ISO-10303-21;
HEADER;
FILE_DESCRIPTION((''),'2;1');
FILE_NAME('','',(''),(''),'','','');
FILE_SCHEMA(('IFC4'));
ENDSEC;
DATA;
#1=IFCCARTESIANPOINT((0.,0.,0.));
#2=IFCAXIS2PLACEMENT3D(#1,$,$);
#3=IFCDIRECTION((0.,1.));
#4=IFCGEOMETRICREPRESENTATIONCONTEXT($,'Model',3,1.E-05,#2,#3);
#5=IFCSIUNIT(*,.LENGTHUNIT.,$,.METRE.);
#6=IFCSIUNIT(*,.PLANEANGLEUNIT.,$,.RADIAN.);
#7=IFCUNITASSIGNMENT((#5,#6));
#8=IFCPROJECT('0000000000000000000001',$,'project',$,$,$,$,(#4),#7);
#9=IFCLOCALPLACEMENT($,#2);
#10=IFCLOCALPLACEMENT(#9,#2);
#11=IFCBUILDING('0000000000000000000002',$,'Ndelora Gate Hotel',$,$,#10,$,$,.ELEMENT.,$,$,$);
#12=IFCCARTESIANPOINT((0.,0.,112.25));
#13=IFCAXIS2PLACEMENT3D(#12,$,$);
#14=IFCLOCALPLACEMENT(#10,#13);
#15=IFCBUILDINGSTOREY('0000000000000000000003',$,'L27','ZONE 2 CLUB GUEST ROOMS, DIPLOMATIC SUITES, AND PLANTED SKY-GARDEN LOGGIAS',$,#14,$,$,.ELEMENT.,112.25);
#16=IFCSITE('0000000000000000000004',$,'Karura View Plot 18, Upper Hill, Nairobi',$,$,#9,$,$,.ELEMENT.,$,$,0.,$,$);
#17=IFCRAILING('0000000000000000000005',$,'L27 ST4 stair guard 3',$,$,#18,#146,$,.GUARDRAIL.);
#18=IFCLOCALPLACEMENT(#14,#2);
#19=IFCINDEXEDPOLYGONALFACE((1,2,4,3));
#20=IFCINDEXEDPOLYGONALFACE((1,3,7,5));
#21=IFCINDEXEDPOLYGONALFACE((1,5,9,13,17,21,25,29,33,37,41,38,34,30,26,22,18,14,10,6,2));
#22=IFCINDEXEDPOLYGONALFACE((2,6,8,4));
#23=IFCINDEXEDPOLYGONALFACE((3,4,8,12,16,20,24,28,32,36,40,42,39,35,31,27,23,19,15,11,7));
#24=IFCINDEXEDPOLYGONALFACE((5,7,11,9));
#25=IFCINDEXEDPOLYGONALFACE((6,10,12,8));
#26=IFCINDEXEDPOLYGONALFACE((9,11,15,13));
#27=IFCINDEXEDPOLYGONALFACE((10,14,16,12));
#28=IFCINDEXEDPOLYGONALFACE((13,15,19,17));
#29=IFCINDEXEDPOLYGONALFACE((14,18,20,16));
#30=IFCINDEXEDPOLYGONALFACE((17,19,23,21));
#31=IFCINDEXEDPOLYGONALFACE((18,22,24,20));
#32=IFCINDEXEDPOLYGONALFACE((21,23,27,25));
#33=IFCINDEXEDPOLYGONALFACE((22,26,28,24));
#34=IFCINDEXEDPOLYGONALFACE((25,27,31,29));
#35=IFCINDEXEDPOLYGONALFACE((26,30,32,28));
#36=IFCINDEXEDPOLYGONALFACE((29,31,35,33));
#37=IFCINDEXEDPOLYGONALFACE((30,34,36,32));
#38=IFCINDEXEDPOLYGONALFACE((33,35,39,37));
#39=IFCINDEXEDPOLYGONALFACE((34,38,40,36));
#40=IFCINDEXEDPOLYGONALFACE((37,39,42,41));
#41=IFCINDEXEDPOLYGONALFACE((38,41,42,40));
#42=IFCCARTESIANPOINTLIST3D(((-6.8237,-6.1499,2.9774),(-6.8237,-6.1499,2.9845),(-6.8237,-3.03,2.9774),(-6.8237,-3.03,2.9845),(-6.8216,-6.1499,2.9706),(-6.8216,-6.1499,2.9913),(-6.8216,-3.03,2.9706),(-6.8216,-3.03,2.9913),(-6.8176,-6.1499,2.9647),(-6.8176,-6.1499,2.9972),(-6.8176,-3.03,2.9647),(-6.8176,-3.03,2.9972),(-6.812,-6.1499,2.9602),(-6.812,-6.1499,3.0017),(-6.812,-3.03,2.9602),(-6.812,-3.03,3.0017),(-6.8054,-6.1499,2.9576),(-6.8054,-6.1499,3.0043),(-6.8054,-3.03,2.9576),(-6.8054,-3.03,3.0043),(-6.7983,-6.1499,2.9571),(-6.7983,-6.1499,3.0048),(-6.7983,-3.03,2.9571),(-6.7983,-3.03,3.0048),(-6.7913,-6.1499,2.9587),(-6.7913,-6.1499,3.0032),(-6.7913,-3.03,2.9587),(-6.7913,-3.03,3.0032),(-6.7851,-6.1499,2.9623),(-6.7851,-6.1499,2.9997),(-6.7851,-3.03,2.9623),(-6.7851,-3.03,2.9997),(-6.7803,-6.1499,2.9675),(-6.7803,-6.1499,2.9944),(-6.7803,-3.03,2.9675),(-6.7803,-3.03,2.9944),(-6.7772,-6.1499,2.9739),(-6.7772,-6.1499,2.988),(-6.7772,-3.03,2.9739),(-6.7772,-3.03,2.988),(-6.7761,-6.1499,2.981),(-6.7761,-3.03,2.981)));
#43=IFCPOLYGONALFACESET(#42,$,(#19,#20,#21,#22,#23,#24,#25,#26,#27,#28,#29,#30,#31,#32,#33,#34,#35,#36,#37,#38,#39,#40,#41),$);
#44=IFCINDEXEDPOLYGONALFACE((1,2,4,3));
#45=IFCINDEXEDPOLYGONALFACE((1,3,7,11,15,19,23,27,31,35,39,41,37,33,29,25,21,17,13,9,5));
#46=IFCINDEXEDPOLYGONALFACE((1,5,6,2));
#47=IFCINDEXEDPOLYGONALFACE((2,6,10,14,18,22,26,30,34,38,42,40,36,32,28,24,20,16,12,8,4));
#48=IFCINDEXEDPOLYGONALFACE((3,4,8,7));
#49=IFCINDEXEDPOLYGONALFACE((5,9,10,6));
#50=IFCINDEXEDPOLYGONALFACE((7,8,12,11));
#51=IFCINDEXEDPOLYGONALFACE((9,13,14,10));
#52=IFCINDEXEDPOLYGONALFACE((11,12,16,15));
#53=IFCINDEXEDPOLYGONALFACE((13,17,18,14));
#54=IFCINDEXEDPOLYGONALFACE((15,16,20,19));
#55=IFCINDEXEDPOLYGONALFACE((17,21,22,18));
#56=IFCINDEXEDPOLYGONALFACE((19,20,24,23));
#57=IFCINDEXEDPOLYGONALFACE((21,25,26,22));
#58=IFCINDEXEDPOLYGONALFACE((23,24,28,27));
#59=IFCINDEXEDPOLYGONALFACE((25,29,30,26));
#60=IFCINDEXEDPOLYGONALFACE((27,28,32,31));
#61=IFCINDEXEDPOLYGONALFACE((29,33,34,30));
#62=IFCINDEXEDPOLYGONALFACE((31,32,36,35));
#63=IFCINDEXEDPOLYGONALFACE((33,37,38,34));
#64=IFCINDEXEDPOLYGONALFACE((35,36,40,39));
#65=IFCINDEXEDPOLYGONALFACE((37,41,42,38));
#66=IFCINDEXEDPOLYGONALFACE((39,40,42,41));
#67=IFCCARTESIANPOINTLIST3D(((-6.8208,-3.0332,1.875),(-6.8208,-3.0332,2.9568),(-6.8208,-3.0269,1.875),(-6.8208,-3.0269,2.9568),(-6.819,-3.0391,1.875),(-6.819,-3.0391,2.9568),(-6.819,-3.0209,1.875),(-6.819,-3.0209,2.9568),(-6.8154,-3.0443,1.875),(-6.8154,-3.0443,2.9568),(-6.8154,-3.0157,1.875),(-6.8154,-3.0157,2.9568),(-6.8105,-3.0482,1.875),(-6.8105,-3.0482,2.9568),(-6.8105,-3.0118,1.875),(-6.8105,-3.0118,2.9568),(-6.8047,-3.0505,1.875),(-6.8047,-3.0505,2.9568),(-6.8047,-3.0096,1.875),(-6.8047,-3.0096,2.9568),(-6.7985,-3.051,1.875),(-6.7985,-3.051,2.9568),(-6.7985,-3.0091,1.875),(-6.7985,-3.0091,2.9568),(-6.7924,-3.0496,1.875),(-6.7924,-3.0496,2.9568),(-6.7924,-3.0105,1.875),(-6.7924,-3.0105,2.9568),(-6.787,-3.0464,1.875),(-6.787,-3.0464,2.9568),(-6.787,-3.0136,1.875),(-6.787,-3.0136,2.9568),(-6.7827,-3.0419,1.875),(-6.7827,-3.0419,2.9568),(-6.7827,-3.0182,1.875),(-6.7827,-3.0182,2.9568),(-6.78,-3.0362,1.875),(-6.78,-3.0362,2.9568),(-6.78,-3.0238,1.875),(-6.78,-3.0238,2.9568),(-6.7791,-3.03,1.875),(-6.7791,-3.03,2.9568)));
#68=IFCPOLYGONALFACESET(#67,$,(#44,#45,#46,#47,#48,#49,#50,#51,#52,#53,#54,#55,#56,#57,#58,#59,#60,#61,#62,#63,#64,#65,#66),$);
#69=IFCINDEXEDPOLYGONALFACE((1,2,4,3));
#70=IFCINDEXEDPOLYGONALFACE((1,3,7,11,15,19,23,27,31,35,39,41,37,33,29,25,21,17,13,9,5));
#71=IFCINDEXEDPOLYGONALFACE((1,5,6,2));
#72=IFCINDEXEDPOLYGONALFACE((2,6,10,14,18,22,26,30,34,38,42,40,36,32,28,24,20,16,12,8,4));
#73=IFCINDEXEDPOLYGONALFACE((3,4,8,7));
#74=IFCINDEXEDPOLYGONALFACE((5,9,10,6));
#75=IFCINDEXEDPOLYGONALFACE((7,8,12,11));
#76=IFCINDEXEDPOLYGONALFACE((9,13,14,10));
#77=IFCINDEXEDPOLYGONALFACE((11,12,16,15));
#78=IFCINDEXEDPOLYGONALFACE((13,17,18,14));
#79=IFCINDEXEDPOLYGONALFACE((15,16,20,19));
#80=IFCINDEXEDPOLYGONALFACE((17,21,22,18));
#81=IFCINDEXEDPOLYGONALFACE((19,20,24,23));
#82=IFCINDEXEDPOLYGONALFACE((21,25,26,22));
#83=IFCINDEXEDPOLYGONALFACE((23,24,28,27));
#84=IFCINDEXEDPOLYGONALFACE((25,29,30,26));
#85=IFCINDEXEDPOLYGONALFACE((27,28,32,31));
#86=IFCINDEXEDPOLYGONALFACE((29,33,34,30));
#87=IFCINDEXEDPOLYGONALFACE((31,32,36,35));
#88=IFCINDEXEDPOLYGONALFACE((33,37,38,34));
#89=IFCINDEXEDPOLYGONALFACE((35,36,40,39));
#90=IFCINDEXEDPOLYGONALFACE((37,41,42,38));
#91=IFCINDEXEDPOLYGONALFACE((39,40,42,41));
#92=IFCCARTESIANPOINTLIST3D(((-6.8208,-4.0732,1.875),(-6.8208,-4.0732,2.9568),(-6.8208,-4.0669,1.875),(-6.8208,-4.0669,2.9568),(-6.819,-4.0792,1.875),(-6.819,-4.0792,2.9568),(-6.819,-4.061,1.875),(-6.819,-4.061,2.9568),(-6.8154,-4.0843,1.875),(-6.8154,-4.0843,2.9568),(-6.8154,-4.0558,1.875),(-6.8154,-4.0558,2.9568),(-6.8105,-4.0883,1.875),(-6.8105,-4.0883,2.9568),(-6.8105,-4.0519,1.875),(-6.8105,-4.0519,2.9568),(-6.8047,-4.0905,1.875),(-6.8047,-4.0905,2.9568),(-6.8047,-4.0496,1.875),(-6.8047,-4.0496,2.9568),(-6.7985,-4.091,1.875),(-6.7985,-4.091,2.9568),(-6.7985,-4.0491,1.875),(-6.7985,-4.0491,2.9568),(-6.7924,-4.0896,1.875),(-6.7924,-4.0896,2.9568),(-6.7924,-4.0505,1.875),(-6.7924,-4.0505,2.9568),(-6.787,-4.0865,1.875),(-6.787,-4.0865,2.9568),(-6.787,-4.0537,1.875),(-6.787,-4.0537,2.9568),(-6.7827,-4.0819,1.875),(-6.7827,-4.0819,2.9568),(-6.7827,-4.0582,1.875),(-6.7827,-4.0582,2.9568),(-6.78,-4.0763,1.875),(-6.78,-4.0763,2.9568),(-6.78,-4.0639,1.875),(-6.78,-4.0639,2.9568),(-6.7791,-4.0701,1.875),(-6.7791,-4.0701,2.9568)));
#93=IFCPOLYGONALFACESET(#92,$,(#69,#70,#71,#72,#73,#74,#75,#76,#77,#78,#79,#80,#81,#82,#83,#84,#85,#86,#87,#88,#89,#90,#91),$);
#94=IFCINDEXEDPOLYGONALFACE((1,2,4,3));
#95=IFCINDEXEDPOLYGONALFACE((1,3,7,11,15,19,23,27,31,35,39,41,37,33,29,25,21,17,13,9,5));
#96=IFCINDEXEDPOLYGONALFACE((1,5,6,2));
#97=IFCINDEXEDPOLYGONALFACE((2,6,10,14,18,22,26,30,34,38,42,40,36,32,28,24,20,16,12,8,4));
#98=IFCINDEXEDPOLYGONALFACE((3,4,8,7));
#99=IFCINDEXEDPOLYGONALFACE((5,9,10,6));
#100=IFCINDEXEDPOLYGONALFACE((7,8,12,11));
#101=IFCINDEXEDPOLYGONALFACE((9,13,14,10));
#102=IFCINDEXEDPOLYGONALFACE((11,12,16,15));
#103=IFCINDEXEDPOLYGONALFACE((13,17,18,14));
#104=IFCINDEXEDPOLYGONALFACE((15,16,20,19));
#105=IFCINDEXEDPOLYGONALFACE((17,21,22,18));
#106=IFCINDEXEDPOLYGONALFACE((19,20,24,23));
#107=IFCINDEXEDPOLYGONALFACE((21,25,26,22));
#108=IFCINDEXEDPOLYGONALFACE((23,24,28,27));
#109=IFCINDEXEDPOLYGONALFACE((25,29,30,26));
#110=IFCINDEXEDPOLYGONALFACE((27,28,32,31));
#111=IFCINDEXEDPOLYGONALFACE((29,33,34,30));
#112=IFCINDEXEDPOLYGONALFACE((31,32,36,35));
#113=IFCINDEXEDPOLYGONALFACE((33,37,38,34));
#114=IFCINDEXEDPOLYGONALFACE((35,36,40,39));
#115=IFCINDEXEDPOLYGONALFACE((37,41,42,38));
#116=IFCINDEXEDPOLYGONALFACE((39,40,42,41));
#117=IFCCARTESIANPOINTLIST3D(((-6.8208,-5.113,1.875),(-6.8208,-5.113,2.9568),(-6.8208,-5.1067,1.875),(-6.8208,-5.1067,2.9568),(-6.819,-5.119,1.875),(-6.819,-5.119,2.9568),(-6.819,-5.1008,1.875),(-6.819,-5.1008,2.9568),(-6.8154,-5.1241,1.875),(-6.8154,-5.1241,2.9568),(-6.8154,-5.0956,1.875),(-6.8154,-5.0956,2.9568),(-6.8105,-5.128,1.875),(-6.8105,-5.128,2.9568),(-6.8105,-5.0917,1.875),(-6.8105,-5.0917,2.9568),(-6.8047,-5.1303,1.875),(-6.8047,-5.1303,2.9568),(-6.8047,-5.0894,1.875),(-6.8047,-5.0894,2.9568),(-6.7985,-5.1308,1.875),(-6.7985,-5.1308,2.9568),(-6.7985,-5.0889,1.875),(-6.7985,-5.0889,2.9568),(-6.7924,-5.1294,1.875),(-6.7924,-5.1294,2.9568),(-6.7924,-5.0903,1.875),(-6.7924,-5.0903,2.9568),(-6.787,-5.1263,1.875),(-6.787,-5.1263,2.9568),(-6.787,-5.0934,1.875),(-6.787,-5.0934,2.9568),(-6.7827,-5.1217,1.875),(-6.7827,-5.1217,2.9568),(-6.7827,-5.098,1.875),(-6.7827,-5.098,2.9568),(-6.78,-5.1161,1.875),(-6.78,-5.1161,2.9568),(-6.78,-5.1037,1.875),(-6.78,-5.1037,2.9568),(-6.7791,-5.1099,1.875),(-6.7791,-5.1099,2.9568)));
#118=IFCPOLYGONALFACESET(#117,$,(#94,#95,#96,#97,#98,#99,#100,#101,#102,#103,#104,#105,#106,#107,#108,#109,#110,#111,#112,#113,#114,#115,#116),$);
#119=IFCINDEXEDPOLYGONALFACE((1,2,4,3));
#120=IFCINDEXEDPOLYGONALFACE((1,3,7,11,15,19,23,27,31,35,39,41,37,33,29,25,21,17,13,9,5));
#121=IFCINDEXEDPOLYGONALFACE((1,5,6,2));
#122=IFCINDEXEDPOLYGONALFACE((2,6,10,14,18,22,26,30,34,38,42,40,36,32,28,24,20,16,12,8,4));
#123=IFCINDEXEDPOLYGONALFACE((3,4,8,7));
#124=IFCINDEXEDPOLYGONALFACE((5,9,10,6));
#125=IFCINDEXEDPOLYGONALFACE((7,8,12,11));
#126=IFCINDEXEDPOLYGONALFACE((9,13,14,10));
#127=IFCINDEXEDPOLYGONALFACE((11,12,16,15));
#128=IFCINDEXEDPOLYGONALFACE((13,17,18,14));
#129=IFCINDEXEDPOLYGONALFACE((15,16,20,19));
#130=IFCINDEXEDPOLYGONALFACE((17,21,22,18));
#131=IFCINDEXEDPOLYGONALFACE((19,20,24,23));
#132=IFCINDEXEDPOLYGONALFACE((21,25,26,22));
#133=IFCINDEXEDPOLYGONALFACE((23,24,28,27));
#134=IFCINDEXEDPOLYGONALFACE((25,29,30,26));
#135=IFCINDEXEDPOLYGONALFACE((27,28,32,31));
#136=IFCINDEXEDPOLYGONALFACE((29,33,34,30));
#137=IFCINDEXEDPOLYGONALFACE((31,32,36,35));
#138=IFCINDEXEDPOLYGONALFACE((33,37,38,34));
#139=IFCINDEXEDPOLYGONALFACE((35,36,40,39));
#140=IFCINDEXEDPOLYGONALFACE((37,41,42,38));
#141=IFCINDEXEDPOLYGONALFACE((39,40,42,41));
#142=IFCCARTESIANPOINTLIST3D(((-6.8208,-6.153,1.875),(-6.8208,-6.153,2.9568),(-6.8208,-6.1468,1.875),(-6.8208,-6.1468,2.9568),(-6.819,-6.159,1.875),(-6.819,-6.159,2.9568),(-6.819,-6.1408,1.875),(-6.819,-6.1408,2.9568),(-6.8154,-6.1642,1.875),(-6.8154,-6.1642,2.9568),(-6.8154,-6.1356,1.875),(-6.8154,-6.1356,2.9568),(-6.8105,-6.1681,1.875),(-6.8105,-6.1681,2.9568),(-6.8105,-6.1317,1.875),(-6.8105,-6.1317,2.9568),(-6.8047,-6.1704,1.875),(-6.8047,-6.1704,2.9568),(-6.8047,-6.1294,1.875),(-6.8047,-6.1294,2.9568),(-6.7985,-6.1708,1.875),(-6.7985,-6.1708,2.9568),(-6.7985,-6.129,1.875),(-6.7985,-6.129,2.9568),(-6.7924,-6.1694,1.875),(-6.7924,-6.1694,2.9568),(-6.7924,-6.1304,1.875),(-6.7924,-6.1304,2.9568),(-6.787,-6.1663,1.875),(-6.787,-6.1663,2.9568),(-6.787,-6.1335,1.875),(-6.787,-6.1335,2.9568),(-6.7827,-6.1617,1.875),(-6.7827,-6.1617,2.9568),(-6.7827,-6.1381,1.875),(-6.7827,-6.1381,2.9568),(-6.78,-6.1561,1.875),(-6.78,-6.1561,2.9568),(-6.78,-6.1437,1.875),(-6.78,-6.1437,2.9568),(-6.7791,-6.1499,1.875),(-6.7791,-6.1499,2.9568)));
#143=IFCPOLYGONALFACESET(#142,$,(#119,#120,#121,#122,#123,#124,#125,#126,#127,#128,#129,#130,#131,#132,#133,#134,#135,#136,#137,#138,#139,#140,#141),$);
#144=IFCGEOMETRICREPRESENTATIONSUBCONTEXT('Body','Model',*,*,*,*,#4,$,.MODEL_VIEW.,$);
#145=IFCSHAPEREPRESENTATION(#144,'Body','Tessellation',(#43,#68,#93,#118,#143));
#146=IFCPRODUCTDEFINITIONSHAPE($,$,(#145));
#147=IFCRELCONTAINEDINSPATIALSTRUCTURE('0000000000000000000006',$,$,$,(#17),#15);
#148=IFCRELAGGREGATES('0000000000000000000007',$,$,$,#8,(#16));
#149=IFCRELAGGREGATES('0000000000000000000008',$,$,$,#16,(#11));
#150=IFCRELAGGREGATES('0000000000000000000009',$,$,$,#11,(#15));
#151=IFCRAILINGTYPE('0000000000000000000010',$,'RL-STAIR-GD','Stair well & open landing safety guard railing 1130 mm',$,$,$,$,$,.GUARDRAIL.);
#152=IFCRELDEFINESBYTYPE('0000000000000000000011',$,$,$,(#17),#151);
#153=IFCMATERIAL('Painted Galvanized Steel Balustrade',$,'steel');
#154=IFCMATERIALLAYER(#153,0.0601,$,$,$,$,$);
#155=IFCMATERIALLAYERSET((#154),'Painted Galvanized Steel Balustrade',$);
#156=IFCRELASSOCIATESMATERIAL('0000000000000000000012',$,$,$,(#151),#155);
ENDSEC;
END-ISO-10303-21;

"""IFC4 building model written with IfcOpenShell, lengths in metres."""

from ifc_helpers import new_model, si_unit, direction, frame, origin, origin_2d, place, context, subcontext, project, spatial, circle, extrude, material, layer, layer_set, type_object, element, save


model = new_model("IFC4")

# Units and contexts
model_context = context("Model", 3, precision=1e-05, world=origin(), true_north=direction((0.0, 1.0)))
body_context = subcontext(model_context, "Body", "Model", "MODEL_VIEW")
ifc_project = project(units=[si_unit("LENGTHUNIT", "METRE"), si_unit("PLANEANGLEUNIT", "RADIAN")], contexts=[model_context])

# Site, building, storey
site_placement = place(None, origin())
site = spatial("IfcSite", under=ifc_project, at=site_placement, Name="Karura View Plot 18, Upper Hill, Nairobi", CompositionType="ELEMENT", RefElevation=0.0)
building_placement = place(site_placement, origin())
building = spatial("IfcBuilding", under=site, at=building_placement, Name="Ndelora Gate Hotel", CompositionType="ELEMENT")
storey_placement = place(building_placement, frame((0.0, 0.0, 112.25)))
storey = spatial("IfcBuildingStorey", under=building, at=storey_placement, Name="L27", Description="ZONE 2 CLUB GUEST ROOMS, DIPLOMATIC SUITES, AND PLANTED SKY-GARDEN LOGGIAS", CompositionType="ELEMENT", Elevation=112.25)

# Railing
ifc_material_1 = material(Name="Painted Galvanized Steel Balustrade", Category="steel")
ifc_layer_1 = layer(ifc_material_1, 0.0601)
ifc_layer_set_1 = layer_set([ifc_layer_1], Name="Painted Galvanized Steel Balustrade")
railing_type_1 = type_object("IfcRailingType", Name="RL-STAIR-GD", Description="Stair well & open landing safety guard railing 1130 mm", PredefinedType="GUARDRAIL", material=ifc_layer_set_1)
for number, where, name in (
    (1, (-6.8, -3.03, 1.875), "L27 ST4 stair guard 3"),
):
    element("IfcRailing", number, at=place(storey_placement, frame(where)), inside=storey, type_object=railing_type_1, Name=name, PredefinedType="GUARDRAIL", context=body_context, shape_type="SweptSolid", body=[
        extrude(circle(Radius=0.0239, at=origin_2d()), frame((0.0, 0.0, 1.106), z_axis=(0.0, -1.0, 0.0), x_axis=(1.0, 0.0, 0.0)), (0.0, 0.0, 1.0), 3.1199),
        extrude(circle(Radius=0.021, at=origin_2d()), origin(), (0.0, 0.0, 1.0), 1.0818),
        extrude(circle(Radius=0.021, at=origin_2d()), frame((0.0, -1.04, 0.0)), (0.0, 0.0, 1.0), 1.0818),
        extrude(circle(Radius=0.021, at=origin_2d()), frame((0.0, -2.0798, 0.0)), (0.0, 0.0, 1.0), 1.0818),
        extrude(circle(Radius=0.021, at=origin_2d()), frame((0.0, -3.1199, 0.0)), (0.0, 0.0, 1.0), 1.0818),
    ])

save(model, "model.ifc")
